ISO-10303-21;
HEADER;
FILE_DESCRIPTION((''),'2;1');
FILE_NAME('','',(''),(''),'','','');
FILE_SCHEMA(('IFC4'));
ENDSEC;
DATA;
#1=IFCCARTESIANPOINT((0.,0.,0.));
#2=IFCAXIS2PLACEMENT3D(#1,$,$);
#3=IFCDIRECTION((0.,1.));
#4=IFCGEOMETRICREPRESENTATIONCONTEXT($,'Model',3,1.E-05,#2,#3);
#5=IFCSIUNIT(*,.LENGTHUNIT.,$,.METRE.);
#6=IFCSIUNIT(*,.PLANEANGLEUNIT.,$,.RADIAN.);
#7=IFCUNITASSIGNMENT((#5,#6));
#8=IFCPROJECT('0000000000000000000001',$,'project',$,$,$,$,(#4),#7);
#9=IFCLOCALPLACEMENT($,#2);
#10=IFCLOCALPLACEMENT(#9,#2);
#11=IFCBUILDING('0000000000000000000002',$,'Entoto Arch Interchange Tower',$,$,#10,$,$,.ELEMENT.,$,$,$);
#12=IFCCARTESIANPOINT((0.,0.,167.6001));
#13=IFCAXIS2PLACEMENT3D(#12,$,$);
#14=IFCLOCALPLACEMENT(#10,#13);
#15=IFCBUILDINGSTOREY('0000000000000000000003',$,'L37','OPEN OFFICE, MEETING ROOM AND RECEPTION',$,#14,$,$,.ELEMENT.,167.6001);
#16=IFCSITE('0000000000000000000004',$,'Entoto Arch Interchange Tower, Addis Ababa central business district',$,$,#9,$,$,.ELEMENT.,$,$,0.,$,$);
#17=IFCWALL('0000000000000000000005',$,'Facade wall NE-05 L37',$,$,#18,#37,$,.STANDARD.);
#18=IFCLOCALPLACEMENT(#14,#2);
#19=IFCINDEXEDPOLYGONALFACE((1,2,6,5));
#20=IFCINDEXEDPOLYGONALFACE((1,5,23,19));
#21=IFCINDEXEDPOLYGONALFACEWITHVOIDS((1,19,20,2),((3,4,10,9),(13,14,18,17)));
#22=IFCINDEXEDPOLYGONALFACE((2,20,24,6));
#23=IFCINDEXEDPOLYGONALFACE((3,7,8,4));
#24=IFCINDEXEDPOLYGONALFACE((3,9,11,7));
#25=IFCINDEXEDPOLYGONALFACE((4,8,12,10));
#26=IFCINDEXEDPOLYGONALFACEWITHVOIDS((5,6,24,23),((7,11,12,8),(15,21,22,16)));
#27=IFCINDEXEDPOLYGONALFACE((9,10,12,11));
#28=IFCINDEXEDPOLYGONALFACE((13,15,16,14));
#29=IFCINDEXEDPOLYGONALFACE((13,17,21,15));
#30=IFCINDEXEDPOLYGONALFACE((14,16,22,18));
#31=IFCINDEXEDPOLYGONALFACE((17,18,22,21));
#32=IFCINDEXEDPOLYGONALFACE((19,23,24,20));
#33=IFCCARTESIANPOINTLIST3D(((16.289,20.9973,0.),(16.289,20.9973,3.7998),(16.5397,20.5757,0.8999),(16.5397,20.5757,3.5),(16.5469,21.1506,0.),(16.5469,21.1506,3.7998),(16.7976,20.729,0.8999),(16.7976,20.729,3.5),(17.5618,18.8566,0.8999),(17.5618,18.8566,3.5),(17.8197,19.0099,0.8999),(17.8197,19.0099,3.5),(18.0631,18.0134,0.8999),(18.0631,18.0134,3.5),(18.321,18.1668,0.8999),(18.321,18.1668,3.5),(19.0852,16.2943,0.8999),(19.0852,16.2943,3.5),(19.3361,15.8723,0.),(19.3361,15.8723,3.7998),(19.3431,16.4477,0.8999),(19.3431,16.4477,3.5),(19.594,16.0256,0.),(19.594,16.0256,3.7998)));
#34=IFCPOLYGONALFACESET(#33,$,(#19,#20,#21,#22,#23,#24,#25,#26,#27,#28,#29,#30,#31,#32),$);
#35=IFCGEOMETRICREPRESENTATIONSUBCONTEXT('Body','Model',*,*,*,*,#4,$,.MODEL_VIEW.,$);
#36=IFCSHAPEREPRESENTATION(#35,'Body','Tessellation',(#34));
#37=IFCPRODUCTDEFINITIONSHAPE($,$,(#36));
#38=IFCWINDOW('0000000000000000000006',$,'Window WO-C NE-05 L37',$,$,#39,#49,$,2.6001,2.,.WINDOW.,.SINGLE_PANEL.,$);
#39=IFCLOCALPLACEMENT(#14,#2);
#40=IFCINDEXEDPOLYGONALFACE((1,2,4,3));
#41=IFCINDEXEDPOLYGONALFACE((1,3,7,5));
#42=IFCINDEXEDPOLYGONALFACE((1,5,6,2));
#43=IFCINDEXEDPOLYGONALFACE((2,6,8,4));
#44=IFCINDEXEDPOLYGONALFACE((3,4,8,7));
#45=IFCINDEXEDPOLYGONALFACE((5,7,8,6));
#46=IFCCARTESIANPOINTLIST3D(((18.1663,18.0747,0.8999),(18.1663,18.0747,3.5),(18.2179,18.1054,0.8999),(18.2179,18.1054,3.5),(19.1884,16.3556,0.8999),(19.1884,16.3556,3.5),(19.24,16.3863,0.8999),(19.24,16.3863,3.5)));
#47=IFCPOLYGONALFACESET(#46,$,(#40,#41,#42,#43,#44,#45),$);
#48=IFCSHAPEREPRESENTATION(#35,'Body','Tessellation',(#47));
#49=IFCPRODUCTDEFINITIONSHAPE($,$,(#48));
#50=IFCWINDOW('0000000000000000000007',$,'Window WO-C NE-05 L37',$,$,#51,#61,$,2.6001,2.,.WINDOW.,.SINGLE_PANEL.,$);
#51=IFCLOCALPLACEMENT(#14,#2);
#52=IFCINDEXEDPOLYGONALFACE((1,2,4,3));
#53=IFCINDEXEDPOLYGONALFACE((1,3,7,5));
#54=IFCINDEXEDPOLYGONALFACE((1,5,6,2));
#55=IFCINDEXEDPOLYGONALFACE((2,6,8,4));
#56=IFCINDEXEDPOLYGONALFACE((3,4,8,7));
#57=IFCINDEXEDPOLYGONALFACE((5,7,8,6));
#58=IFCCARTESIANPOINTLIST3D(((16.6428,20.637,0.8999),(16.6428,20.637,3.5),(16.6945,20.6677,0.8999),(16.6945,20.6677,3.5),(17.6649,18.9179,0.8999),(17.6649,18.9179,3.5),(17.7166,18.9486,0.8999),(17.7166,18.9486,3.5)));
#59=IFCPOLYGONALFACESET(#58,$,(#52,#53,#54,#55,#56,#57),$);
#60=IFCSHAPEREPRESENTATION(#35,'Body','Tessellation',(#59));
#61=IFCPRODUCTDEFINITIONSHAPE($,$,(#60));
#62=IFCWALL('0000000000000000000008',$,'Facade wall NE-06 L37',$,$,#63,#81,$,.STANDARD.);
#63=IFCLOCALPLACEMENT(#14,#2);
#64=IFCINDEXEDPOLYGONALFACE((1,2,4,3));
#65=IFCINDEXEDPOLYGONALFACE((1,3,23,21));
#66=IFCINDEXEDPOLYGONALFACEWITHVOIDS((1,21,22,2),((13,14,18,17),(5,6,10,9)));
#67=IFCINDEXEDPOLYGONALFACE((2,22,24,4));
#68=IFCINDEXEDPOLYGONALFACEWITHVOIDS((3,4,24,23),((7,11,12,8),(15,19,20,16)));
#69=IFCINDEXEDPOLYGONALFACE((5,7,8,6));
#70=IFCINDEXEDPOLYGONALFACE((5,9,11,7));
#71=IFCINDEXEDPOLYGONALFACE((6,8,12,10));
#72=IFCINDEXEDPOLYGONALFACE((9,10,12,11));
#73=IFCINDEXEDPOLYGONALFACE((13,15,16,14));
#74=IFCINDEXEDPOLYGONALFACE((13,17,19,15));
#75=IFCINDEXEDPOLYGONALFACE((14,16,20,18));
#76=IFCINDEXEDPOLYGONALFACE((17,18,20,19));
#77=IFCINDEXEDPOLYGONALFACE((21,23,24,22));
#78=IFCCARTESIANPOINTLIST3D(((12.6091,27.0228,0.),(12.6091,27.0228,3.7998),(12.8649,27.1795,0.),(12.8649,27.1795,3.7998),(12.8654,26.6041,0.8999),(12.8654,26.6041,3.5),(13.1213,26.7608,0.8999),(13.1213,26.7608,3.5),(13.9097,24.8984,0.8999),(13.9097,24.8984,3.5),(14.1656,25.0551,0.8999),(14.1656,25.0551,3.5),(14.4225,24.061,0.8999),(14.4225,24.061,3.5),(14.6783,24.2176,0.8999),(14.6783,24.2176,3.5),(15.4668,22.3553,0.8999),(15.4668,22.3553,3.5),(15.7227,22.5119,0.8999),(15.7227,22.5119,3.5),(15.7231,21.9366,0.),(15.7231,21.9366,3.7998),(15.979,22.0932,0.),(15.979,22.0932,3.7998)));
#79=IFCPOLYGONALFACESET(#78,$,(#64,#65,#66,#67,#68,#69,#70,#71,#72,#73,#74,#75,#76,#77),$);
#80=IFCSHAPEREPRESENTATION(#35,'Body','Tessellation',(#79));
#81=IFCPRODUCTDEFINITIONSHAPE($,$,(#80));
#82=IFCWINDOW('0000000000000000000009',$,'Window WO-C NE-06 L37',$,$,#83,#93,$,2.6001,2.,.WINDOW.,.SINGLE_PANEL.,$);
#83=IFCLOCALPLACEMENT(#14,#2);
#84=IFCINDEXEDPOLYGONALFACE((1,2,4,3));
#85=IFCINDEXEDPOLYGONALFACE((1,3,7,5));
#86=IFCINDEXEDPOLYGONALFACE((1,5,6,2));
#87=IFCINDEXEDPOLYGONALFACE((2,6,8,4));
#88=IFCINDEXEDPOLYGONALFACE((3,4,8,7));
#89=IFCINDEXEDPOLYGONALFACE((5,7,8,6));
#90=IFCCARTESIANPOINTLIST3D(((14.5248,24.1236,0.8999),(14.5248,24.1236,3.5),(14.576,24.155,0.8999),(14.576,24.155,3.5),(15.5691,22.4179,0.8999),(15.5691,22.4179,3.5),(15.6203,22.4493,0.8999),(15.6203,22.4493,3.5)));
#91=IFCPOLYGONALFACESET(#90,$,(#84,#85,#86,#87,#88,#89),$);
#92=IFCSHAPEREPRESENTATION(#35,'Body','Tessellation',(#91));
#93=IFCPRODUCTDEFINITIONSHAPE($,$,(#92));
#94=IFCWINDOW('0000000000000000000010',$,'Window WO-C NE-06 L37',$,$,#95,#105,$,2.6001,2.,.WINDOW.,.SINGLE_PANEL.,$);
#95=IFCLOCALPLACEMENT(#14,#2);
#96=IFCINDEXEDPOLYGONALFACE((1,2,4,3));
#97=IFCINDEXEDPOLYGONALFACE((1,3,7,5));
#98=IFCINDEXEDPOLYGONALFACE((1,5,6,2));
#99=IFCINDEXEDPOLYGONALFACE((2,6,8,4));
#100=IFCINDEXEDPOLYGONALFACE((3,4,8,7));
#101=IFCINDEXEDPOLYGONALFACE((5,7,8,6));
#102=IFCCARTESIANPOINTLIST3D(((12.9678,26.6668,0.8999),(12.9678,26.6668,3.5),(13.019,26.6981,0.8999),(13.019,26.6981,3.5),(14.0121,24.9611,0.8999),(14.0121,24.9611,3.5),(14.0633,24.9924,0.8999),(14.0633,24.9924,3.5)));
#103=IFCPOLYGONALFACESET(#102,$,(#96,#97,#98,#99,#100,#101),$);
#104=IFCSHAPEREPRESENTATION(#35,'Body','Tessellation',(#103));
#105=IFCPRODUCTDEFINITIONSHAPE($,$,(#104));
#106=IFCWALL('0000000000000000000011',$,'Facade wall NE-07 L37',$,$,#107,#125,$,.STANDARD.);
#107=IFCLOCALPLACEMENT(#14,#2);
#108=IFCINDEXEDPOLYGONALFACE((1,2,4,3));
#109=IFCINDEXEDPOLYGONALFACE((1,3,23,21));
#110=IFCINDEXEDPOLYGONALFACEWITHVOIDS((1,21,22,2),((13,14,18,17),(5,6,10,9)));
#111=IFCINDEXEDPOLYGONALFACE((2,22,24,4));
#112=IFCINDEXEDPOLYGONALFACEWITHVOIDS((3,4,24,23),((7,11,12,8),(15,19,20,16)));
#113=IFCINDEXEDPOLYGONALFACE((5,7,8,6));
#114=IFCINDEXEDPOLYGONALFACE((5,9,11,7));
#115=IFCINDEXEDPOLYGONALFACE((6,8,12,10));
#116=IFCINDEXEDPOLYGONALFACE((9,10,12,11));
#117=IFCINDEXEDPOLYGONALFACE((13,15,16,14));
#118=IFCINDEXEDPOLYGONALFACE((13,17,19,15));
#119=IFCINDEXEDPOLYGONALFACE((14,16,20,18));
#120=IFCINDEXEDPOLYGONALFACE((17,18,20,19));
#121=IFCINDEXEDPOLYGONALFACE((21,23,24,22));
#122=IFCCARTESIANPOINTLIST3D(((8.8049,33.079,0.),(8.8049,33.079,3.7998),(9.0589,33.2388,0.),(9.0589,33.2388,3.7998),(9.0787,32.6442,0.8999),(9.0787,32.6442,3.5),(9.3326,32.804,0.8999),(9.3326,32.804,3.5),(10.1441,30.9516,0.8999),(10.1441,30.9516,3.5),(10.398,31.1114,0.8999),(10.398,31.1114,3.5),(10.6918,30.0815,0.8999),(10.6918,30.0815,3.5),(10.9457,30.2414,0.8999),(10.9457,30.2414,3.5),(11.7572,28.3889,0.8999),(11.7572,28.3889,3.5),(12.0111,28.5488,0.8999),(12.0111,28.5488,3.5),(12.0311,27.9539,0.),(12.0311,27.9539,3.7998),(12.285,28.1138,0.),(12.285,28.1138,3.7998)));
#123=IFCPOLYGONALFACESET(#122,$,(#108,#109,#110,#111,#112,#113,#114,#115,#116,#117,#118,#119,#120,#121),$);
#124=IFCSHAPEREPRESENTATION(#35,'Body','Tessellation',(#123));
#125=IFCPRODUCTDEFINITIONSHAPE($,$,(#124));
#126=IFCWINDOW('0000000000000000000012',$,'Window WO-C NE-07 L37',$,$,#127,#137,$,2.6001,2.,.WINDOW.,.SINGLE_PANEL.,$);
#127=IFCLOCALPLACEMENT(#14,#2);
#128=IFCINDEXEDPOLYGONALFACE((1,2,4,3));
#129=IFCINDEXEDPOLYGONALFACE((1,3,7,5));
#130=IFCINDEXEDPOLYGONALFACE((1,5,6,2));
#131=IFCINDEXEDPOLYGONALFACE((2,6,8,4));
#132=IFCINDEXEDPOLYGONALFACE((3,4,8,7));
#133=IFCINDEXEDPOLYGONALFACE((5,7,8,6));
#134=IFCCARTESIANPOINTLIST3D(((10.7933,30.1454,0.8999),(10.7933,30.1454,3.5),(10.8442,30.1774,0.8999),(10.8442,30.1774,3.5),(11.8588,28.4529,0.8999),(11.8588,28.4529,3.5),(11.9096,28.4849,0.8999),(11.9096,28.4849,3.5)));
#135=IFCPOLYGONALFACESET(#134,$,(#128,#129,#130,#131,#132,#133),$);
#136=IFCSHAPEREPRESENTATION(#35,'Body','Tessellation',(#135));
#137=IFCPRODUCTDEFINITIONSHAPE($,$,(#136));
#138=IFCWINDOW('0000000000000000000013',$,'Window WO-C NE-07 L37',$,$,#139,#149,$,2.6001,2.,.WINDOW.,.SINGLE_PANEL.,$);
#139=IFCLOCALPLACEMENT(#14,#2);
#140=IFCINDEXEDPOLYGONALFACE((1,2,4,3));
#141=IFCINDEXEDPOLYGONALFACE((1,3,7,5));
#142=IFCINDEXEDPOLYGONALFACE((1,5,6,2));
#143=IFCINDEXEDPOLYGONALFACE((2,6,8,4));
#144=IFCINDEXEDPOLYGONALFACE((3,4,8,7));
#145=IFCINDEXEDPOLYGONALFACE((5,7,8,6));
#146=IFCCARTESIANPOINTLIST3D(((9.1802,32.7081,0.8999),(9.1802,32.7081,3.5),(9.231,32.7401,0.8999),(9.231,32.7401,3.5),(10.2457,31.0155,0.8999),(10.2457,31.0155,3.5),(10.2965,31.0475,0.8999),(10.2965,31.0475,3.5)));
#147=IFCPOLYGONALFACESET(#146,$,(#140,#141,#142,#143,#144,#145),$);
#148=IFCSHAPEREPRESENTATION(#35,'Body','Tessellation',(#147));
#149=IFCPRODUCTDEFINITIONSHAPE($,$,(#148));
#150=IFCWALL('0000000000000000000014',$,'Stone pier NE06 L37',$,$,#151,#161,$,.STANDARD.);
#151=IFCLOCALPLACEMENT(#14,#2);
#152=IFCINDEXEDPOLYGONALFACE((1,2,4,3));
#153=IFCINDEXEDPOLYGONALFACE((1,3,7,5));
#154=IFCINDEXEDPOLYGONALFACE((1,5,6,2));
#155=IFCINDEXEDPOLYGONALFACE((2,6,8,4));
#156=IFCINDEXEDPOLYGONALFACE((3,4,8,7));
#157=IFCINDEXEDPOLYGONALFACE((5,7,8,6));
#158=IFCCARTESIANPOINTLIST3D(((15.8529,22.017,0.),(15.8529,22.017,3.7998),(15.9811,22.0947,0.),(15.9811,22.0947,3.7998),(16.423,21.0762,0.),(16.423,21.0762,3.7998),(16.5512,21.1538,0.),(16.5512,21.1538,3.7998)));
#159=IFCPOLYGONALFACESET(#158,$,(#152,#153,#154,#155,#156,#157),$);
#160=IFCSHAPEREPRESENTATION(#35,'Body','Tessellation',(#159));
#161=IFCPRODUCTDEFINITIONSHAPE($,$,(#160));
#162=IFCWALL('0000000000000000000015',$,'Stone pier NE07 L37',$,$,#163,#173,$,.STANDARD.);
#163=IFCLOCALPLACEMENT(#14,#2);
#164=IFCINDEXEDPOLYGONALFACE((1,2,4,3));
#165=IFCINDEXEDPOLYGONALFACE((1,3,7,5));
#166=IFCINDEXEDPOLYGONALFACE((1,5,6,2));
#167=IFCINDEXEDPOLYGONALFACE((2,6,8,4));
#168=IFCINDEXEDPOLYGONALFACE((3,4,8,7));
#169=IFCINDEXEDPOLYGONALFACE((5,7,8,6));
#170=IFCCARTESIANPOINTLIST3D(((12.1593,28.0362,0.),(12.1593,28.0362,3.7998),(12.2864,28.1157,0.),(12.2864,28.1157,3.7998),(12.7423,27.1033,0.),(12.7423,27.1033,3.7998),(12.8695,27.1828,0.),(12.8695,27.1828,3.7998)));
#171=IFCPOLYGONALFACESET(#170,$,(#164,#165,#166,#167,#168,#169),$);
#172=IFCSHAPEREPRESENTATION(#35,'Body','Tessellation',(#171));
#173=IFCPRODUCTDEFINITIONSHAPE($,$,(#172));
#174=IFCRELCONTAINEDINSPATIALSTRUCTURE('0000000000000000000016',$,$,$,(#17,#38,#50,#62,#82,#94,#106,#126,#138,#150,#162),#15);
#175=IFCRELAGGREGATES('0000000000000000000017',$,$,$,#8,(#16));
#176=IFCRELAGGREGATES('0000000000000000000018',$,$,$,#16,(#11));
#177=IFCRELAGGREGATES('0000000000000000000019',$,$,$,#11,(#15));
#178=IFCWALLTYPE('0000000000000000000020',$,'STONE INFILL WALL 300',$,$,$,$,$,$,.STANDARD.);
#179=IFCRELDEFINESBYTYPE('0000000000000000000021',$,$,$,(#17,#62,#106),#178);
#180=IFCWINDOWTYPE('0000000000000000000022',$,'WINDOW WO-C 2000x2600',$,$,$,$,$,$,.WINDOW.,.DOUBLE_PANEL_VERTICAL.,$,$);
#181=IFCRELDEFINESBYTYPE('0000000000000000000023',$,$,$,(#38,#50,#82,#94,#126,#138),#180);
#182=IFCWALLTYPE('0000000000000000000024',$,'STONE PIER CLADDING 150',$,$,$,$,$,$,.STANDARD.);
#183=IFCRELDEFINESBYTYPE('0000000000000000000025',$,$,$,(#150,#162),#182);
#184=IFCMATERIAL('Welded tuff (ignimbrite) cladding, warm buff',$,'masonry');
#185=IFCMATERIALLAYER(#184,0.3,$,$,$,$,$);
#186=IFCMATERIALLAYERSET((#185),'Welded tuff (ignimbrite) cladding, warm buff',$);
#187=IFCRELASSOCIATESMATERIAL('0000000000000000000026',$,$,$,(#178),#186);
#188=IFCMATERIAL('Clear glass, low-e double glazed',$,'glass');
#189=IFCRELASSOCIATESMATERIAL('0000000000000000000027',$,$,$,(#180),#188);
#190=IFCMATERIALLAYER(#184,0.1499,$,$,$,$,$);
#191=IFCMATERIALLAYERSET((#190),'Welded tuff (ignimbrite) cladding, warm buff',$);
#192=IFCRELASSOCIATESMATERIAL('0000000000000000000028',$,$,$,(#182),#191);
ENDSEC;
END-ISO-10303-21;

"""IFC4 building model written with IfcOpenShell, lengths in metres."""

from ifc_helpers import new_model, si_unit, direction, frame, frame_2d, origin, place, context, subcontext, project, spatial, rectangle, extrude, material, layer, layer_set, type_object, element, fill, save


model = new_model("IFC4")

# Units and contexts
model_context = context("Model", 3, precision=1e-05, world=origin(), true_north=direction((0.0, 1.0)))
body_context = subcontext(model_context, "Body", "Model", "MODEL_VIEW")
ifc_project = project(units=[si_unit("LENGTHUNIT", "METRE"), si_unit("PLANEANGLEUNIT", "RADIAN")], contexts=[model_context])

# Site, building, storey
site_placement = place(None, origin())
site = spatial("IfcSite", under=ifc_project, at=site_placement, Name="Entoto Arch Interchange Tower, Addis Ababa central business district", CompositionType="ELEMENT", RefElevation=0.0)
building_placement = place(site_placement, origin())
building = spatial("IfcBuilding", under=site, at=building_placement, Name="Entoto Arch Interchange Tower", CompositionType="ELEMENT")
storey_placement = place(building_placement, frame((0.0, 0.0, 167.6001)))
storey = spatial("IfcBuildingStorey", under=building, at=storey_placement, Name="L37", Description="OPEN OFFICE, MEETING ROOM AND RECEPTION", CompositionType="ELEMENT", Elevation=167.6001)

# Walls, openings, windows
ifc_material_1 = material(Name="Welded tuff (ignimbrite) cladding, warm buff", Category="masonry")
ifc_layer_1 = layer(ifc_material_1, 0.3)
ifc_layer_set_1 = layer_set([ifc_layer_1], Name="Welded tuff (ignimbrite) cladding, warm buff")
wall_type_1 = type_object("IfcWallType", Name="STONE INFILL WALL 300", PredefinedType="STANDARD", material=ifc_layer_set_1)
wall_1_placement = place(storey_placement, frame((19.4651, 15.949, 0.0), z_axis=(0.0, 0.0, 1.0), x_axis=(-0.511053, 0.859549, 0.0)))
wall_1 = element("IfcWall", 1, at=wall_1_placement, inside=storey, type_object=wall_type_1, Name="Facade wall NE-05 L37", PredefinedType="STANDARD", context=body_context, shape_type="SweptSolid", body=[
    extrude(rectangle(XDim=5.9624, YDim=0.3, at=frame_2d((2.9812, 0.0))), origin(), (0.0, 0.0, 1.0), 3.7998),
])
opening_1_placement = place(wall_1_placement, frame((0.491, 0.0, 0.8999)))
opening_1 = element("IfcOpeningElement", 2, at=opening_1_placement, cuts=wall_1, PredefinedType="OPENING", context=body_context, shape_type="SweptSolid", body=[
    extrude(rectangle(XDim=2.0, YDim=2.6001, at=frame_2d((1.0, 1.3))), frame((0.0, 0.1602, 0.0), z_axis=(0.0, -1.0, 0.0), x_axis=(1.0, 0.0, 0.0)), (0.0, 0.0, 1.0), 0.3201),
])
opening_2_placement = place(wall_1_placement, frame((3.4719, 0.0, 0.8999)))
opening_2 = element("IfcOpeningElement", 3, at=opening_2_placement, cuts=wall_1, PredefinedType="OPENING", context=body_context, shape_type="SweptSolid", body=[
    extrude(rectangle(XDim=2.0, YDim=2.6001, at=frame_2d((1.0, 1.3))), frame((0.0, 0.1602, 0.0), z_axis=(0.0, -1.0, 0.0), x_axis=(1.0, 0.0, 0.0)), (0.0, 0.0, 1.0), 0.3201),
])
ifc_material_2 = material(Name="Clear glass, low-e double glazed", Category="glass")
window_type = type_object("IfcWindowType", Name="WINDOW WO-C 2000x2600", PartitioningType="DOUBLE_PANEL_VERTICAL", PredefinedType="WINDOW", material=ifc_material_2)
window_1_placement = place(opening_1_placement, origin())
window_1 = element("IfcWindow", 4, at=window_1_placement, inside=storey, type_object=window_type, Name="Window WO-C NE-05 L37", OverallHeight=2.6001, OverallWidth=2.0, PartitioningType="SINGLE_PANEL", PredefinedType="WINDOW", context=body_context, shape_type="SweptSolid", body=[
    extrude(rectangle(XDim=2.0, YDim=2.6001, at=frame_2d((1.0, 1.3))), frame((0.0, 0.03, 0.0), z_axis=(0.0, -1.0, 0.0), x_axis=(1.0, 0.0, 0.0)), (0.0, 0.0, 1.0), 0.0601),
])
fill(opening_1, window_1)
window_2_placement = place(opening_2_placement, origin())
window_2 = element("IfcWindow", 5, at=window_2_placement, inside=storey, type_object=window_type, Name="Window WO-C NE-05 L37", OverallHeight=2.6001, OverallWidth=2.0, PartitioningType="SINGLE_PANEL", PredefinedType="WINDOW", context=body_context, shape_type="SweptSolid", body=[
    extrude(rectangle(XDim=2.0, YDim=2.6001, at=frame_2d((1.0, 1.3))), frame((0.0, 0.03, 0.0), z_axis=(0.0, -1.0, 0.0), x_axis=(1.0, 0.0, 0.0)), (0.0, 0.0, 1.0), 0.0601),
])
fill(opening_2, window_2)
wall_2_placement = place(storey_placement, frame((15.8511, 22.0149, 0.0), z_axis=(0.0, 0.0, 1.0), x_axis=(-0.522157, 0.852849, 0.0)))
wall_2 = element("IfcWall", 6, at=wall_2_placement, inside=storey, type_object=wall_type_1, Name="Facade wall NE-06 L37", PredefinedType="STANDARD", context=body_context, shape_type="SweptSolid", body=[
    extrude(rectangle(XDim=5.9639, YDim=0.3, at=frame_2d((2.9819, 0.0))), origin(), (0.0, 0.0, 1.0), 3.7998),
])
opening_3_placement = place(wall_2_placement, frame((0.491, 0.0, 0.8999)))
opening_3 = element("IfcOpeningElement", 7, at=opening_3_placement, cuts=wall_2, PredefinedType="OPENING", context=body_context, shape_type="SweptSolid", body=[
    extrude(rectangle(XDim=2.0, YDim=2.6001, at=frame_2d((1.0, 1.3))), frame((0.0, 0.1602, 0.0), z_axis=(0.0, -1.0, 0.0), x_axis=(1.0, 0.0, 0.0)), (0.0, 0.0, 1.0), 0.3201),
])
opening_4_placement = place(wall_2_placement, frame((3.4729, 0.0, 0.8999)))
opening_4 = element("IfcOpeningElement", 8, at=opening_4_placement, cuts=wall_2, PredefinedType="OPENING", context=body_context, shape_type="SweptSolid", body=[
    extrude(rectangle(XDim=2.0, YDim=2.6001, at=frame_2d((1.0, 1.3))), frame((0.0, 0.1602, 0.0), z_axis=(0.0, -1.0, 0.0), x_axis=(1.0, 0.0, 0.0)), (0.0, 0.0, 1.0), 0.3201),
])
window_3_placement = place(opening_3_placement, origin())
window_3 = element("IfcWindow", 9, at=window_3_placement, inside=storey, type_object=window_type, Name="Window WO-C NE-06 L37", OverallHeight=2.6001, OverallWidth=2.0, PartitioningType="SINGLE_PANEL", PredefinedType="WINDOW", context=body_context, shape_type="SweptSolid", body=[
    extrude(rectangle(XDim=2.0, YDim=2.6001, at=frame_2d((1.0, 1.3))), frame((0.0, 0.03, 0.0), z_axis=(0.0, -1.0, 0.0), x_axis=(1.0, 0.0, 0.0)), (0.0, 0.0, 1.0), 0.0601),
])
fill(opening_3, window_3)
window_4_placement = place(opening_4_placement, origin())
window_4 = element("IfcWindow", 10, at=window_4_placement, inside=storey, type_object=window_type, Name="Window WO-C NE-06 L37", OverallHeight=2.6001, OverallWidth=2.0, PartitioningType="SINGLE_PANEL", PredefinedType="WINDOW", context=body_context, shape_type="SweptSolid", body=[
    extrude(rectangle(XDim=2.0, YDim=2.6001, at=frame_2d((1.0, 1.3))), frame((0.0, 0.03, 0.0), z_axis=(0.0, -1.0, 0.0), x_axis=(1.0, 0.0, 0.0)), (0.0, 0.0, 1.0), 0.0601),
])
fill(opening_4, window_4)
wall_3_placement = place(storey_placement, frame((12.158, 28.0339, 0.0), z_axis=(0.0, 0.0, 1.0), x_axis=(-0.532721, 0.846291, 0.0)))
wall_3 = element("IfcWall", 11, at=wall_3_placement, inside=storey, type_object=wall_type_1, Name="Facade wall NE-07 L37", PredefinedType="STANDARD", context=body_context, shape_type="SweptSolid", body=[
    extrude(rectangle(XDim=6.0559, YDim=0.3, at=frame_2d((3.0278, 0.0))), origin(), (0.0, 0.0, 1.0), 3.7998),
])
opening_5_placement = place(wall_3_placement, frame((0.5139, 0.0, 0.8999)))
opening_5 = element("IfcOpeningElement", 12, at=opening_5_placement, cuts=wall_3, PredefinedType="OPENING", context=body_context, shape_type="SweptSolid", body=[
    extrude(rectangle(XDim=2.0, YDim=2.6001, at=frame_2d((1.0, 1.3))), frame((0.0, 0.1602, 0.0), z_axis=(0.0, -1.0, 0.0), x_axis=(1.0, 0.0, 0.0)), (0.0, 0.0, 1.0), 0.3201),
])
opening_6_placement = place(wall_3_placement, frame((3.542, 0.0, 0.8999)))
opening_6 = element("IfcOpeningElement", 13, at=opening_6_placement, cuts=wall_3, PredefinedType="OPENING", context=body_context, shape_type="SweptSolid", body=[
    extrude(rectangle(XDim=2.0, YDim=2.6001, at=frame_2d((1.0, 1.3))), frame((0.0, 0.1602, 0.0), z_axis=(0.0, -1.0, 0.0), x_axis=(1.0, 0.0, 0.0)), (0.0, 0.0, 1.0), 0.3201),
])
window_5_placement = place(opening_5_placement, origin())
window_5 = element("IfcWindow", 14, at=window_5_placement, inside=storey, type_object=window_type, Name="Window WO-C NE-07 L37", OverallHeight=2.6001, OverallWidth=2.0, PartitioningType="SINGLE_PANEL", PredefinedType="WINDOW", context=body_context, shape_type="SweptSolid", body=[
    extrude(rectangle(XDim=2.0, YDim=2.6001, at=frame_2d((1.0, 1.3))), frame((0.0, 0.03, 0.0), z_axis=(0.0, -1.0, 0.0), x_axis=(1.0, 0.0, 0.0)), (0.0, 0.0, 1.0), 0.0601),
])
fill(opening_5, window_5)
window_6_placement = place(opening_6_placement, origin())
window_6 = element("IfcWindow", 15, at=window_6_placement, inside=storey, type_object=window_type, Name="Window WO-C NE-07 L37", OverallHeight=2.6001, OverallWidth=2.0, PartitioningType="SINGLE_PANEL", PredefinedType="WINDOW", context=body_context, shape_type="SweptSolid", body=[
    extrude(rectangle(XDim=2.0, YDim=2.6001, at=frame_2d((1.0, 1.3))), frame((0.0, 0.03, 0.0), z_axis=(0.0, -1.0, 0.0), x_axis=(1.0, 0.0, 0.0)), (0.0, 0.0, 1.0), 0.0601),
])
fill(opening_6, window_6)

# Walls
ifc_layer_2 = layer(ifc_material_1, 0.1499)
ifc_layer_set_2 = layer_set([ifc_layer_2], Name="Welded tuff (ignimbrite) cladding, warm buff")
wall_type_2 = type_object("IfcWallType", Name="STONE PIER CLADDING 150", PredefinedType="STANDARD", material=ifc_layer_set_2)
for number, where, z_axis, x_axis, name in (
    (16, (16.4871, 21.115, 0.0), (0.0, 0.0, 1.0), (-0.518179, 0.855272, 0.0), "Stone pier NE06 L37"),
    (17, (12.8059, 27.1431, 0.0), (0.0, 0.0, 1.0), (-0.529979, 0.848011, 0.0), "Stone pier NE07 L37"),
):
    element("IfcWall", number, at=place(storey_placement, frame(where, z_axis=z_axis, x_axis=x_axis)), inside=storey, type_object=wall_type_2, Name=name, PredefinedType="STANDARD", context=body_context, shape_type="SweptSolid", body=[
        extrude(rectangle(XDim=1.1001, YDim=0.1499, at=frame_2d((0.55, 0.0))), origin(), (0.0, 0.0, 1.0), 3.7998),
    ])

save(model, "model.ifc")
